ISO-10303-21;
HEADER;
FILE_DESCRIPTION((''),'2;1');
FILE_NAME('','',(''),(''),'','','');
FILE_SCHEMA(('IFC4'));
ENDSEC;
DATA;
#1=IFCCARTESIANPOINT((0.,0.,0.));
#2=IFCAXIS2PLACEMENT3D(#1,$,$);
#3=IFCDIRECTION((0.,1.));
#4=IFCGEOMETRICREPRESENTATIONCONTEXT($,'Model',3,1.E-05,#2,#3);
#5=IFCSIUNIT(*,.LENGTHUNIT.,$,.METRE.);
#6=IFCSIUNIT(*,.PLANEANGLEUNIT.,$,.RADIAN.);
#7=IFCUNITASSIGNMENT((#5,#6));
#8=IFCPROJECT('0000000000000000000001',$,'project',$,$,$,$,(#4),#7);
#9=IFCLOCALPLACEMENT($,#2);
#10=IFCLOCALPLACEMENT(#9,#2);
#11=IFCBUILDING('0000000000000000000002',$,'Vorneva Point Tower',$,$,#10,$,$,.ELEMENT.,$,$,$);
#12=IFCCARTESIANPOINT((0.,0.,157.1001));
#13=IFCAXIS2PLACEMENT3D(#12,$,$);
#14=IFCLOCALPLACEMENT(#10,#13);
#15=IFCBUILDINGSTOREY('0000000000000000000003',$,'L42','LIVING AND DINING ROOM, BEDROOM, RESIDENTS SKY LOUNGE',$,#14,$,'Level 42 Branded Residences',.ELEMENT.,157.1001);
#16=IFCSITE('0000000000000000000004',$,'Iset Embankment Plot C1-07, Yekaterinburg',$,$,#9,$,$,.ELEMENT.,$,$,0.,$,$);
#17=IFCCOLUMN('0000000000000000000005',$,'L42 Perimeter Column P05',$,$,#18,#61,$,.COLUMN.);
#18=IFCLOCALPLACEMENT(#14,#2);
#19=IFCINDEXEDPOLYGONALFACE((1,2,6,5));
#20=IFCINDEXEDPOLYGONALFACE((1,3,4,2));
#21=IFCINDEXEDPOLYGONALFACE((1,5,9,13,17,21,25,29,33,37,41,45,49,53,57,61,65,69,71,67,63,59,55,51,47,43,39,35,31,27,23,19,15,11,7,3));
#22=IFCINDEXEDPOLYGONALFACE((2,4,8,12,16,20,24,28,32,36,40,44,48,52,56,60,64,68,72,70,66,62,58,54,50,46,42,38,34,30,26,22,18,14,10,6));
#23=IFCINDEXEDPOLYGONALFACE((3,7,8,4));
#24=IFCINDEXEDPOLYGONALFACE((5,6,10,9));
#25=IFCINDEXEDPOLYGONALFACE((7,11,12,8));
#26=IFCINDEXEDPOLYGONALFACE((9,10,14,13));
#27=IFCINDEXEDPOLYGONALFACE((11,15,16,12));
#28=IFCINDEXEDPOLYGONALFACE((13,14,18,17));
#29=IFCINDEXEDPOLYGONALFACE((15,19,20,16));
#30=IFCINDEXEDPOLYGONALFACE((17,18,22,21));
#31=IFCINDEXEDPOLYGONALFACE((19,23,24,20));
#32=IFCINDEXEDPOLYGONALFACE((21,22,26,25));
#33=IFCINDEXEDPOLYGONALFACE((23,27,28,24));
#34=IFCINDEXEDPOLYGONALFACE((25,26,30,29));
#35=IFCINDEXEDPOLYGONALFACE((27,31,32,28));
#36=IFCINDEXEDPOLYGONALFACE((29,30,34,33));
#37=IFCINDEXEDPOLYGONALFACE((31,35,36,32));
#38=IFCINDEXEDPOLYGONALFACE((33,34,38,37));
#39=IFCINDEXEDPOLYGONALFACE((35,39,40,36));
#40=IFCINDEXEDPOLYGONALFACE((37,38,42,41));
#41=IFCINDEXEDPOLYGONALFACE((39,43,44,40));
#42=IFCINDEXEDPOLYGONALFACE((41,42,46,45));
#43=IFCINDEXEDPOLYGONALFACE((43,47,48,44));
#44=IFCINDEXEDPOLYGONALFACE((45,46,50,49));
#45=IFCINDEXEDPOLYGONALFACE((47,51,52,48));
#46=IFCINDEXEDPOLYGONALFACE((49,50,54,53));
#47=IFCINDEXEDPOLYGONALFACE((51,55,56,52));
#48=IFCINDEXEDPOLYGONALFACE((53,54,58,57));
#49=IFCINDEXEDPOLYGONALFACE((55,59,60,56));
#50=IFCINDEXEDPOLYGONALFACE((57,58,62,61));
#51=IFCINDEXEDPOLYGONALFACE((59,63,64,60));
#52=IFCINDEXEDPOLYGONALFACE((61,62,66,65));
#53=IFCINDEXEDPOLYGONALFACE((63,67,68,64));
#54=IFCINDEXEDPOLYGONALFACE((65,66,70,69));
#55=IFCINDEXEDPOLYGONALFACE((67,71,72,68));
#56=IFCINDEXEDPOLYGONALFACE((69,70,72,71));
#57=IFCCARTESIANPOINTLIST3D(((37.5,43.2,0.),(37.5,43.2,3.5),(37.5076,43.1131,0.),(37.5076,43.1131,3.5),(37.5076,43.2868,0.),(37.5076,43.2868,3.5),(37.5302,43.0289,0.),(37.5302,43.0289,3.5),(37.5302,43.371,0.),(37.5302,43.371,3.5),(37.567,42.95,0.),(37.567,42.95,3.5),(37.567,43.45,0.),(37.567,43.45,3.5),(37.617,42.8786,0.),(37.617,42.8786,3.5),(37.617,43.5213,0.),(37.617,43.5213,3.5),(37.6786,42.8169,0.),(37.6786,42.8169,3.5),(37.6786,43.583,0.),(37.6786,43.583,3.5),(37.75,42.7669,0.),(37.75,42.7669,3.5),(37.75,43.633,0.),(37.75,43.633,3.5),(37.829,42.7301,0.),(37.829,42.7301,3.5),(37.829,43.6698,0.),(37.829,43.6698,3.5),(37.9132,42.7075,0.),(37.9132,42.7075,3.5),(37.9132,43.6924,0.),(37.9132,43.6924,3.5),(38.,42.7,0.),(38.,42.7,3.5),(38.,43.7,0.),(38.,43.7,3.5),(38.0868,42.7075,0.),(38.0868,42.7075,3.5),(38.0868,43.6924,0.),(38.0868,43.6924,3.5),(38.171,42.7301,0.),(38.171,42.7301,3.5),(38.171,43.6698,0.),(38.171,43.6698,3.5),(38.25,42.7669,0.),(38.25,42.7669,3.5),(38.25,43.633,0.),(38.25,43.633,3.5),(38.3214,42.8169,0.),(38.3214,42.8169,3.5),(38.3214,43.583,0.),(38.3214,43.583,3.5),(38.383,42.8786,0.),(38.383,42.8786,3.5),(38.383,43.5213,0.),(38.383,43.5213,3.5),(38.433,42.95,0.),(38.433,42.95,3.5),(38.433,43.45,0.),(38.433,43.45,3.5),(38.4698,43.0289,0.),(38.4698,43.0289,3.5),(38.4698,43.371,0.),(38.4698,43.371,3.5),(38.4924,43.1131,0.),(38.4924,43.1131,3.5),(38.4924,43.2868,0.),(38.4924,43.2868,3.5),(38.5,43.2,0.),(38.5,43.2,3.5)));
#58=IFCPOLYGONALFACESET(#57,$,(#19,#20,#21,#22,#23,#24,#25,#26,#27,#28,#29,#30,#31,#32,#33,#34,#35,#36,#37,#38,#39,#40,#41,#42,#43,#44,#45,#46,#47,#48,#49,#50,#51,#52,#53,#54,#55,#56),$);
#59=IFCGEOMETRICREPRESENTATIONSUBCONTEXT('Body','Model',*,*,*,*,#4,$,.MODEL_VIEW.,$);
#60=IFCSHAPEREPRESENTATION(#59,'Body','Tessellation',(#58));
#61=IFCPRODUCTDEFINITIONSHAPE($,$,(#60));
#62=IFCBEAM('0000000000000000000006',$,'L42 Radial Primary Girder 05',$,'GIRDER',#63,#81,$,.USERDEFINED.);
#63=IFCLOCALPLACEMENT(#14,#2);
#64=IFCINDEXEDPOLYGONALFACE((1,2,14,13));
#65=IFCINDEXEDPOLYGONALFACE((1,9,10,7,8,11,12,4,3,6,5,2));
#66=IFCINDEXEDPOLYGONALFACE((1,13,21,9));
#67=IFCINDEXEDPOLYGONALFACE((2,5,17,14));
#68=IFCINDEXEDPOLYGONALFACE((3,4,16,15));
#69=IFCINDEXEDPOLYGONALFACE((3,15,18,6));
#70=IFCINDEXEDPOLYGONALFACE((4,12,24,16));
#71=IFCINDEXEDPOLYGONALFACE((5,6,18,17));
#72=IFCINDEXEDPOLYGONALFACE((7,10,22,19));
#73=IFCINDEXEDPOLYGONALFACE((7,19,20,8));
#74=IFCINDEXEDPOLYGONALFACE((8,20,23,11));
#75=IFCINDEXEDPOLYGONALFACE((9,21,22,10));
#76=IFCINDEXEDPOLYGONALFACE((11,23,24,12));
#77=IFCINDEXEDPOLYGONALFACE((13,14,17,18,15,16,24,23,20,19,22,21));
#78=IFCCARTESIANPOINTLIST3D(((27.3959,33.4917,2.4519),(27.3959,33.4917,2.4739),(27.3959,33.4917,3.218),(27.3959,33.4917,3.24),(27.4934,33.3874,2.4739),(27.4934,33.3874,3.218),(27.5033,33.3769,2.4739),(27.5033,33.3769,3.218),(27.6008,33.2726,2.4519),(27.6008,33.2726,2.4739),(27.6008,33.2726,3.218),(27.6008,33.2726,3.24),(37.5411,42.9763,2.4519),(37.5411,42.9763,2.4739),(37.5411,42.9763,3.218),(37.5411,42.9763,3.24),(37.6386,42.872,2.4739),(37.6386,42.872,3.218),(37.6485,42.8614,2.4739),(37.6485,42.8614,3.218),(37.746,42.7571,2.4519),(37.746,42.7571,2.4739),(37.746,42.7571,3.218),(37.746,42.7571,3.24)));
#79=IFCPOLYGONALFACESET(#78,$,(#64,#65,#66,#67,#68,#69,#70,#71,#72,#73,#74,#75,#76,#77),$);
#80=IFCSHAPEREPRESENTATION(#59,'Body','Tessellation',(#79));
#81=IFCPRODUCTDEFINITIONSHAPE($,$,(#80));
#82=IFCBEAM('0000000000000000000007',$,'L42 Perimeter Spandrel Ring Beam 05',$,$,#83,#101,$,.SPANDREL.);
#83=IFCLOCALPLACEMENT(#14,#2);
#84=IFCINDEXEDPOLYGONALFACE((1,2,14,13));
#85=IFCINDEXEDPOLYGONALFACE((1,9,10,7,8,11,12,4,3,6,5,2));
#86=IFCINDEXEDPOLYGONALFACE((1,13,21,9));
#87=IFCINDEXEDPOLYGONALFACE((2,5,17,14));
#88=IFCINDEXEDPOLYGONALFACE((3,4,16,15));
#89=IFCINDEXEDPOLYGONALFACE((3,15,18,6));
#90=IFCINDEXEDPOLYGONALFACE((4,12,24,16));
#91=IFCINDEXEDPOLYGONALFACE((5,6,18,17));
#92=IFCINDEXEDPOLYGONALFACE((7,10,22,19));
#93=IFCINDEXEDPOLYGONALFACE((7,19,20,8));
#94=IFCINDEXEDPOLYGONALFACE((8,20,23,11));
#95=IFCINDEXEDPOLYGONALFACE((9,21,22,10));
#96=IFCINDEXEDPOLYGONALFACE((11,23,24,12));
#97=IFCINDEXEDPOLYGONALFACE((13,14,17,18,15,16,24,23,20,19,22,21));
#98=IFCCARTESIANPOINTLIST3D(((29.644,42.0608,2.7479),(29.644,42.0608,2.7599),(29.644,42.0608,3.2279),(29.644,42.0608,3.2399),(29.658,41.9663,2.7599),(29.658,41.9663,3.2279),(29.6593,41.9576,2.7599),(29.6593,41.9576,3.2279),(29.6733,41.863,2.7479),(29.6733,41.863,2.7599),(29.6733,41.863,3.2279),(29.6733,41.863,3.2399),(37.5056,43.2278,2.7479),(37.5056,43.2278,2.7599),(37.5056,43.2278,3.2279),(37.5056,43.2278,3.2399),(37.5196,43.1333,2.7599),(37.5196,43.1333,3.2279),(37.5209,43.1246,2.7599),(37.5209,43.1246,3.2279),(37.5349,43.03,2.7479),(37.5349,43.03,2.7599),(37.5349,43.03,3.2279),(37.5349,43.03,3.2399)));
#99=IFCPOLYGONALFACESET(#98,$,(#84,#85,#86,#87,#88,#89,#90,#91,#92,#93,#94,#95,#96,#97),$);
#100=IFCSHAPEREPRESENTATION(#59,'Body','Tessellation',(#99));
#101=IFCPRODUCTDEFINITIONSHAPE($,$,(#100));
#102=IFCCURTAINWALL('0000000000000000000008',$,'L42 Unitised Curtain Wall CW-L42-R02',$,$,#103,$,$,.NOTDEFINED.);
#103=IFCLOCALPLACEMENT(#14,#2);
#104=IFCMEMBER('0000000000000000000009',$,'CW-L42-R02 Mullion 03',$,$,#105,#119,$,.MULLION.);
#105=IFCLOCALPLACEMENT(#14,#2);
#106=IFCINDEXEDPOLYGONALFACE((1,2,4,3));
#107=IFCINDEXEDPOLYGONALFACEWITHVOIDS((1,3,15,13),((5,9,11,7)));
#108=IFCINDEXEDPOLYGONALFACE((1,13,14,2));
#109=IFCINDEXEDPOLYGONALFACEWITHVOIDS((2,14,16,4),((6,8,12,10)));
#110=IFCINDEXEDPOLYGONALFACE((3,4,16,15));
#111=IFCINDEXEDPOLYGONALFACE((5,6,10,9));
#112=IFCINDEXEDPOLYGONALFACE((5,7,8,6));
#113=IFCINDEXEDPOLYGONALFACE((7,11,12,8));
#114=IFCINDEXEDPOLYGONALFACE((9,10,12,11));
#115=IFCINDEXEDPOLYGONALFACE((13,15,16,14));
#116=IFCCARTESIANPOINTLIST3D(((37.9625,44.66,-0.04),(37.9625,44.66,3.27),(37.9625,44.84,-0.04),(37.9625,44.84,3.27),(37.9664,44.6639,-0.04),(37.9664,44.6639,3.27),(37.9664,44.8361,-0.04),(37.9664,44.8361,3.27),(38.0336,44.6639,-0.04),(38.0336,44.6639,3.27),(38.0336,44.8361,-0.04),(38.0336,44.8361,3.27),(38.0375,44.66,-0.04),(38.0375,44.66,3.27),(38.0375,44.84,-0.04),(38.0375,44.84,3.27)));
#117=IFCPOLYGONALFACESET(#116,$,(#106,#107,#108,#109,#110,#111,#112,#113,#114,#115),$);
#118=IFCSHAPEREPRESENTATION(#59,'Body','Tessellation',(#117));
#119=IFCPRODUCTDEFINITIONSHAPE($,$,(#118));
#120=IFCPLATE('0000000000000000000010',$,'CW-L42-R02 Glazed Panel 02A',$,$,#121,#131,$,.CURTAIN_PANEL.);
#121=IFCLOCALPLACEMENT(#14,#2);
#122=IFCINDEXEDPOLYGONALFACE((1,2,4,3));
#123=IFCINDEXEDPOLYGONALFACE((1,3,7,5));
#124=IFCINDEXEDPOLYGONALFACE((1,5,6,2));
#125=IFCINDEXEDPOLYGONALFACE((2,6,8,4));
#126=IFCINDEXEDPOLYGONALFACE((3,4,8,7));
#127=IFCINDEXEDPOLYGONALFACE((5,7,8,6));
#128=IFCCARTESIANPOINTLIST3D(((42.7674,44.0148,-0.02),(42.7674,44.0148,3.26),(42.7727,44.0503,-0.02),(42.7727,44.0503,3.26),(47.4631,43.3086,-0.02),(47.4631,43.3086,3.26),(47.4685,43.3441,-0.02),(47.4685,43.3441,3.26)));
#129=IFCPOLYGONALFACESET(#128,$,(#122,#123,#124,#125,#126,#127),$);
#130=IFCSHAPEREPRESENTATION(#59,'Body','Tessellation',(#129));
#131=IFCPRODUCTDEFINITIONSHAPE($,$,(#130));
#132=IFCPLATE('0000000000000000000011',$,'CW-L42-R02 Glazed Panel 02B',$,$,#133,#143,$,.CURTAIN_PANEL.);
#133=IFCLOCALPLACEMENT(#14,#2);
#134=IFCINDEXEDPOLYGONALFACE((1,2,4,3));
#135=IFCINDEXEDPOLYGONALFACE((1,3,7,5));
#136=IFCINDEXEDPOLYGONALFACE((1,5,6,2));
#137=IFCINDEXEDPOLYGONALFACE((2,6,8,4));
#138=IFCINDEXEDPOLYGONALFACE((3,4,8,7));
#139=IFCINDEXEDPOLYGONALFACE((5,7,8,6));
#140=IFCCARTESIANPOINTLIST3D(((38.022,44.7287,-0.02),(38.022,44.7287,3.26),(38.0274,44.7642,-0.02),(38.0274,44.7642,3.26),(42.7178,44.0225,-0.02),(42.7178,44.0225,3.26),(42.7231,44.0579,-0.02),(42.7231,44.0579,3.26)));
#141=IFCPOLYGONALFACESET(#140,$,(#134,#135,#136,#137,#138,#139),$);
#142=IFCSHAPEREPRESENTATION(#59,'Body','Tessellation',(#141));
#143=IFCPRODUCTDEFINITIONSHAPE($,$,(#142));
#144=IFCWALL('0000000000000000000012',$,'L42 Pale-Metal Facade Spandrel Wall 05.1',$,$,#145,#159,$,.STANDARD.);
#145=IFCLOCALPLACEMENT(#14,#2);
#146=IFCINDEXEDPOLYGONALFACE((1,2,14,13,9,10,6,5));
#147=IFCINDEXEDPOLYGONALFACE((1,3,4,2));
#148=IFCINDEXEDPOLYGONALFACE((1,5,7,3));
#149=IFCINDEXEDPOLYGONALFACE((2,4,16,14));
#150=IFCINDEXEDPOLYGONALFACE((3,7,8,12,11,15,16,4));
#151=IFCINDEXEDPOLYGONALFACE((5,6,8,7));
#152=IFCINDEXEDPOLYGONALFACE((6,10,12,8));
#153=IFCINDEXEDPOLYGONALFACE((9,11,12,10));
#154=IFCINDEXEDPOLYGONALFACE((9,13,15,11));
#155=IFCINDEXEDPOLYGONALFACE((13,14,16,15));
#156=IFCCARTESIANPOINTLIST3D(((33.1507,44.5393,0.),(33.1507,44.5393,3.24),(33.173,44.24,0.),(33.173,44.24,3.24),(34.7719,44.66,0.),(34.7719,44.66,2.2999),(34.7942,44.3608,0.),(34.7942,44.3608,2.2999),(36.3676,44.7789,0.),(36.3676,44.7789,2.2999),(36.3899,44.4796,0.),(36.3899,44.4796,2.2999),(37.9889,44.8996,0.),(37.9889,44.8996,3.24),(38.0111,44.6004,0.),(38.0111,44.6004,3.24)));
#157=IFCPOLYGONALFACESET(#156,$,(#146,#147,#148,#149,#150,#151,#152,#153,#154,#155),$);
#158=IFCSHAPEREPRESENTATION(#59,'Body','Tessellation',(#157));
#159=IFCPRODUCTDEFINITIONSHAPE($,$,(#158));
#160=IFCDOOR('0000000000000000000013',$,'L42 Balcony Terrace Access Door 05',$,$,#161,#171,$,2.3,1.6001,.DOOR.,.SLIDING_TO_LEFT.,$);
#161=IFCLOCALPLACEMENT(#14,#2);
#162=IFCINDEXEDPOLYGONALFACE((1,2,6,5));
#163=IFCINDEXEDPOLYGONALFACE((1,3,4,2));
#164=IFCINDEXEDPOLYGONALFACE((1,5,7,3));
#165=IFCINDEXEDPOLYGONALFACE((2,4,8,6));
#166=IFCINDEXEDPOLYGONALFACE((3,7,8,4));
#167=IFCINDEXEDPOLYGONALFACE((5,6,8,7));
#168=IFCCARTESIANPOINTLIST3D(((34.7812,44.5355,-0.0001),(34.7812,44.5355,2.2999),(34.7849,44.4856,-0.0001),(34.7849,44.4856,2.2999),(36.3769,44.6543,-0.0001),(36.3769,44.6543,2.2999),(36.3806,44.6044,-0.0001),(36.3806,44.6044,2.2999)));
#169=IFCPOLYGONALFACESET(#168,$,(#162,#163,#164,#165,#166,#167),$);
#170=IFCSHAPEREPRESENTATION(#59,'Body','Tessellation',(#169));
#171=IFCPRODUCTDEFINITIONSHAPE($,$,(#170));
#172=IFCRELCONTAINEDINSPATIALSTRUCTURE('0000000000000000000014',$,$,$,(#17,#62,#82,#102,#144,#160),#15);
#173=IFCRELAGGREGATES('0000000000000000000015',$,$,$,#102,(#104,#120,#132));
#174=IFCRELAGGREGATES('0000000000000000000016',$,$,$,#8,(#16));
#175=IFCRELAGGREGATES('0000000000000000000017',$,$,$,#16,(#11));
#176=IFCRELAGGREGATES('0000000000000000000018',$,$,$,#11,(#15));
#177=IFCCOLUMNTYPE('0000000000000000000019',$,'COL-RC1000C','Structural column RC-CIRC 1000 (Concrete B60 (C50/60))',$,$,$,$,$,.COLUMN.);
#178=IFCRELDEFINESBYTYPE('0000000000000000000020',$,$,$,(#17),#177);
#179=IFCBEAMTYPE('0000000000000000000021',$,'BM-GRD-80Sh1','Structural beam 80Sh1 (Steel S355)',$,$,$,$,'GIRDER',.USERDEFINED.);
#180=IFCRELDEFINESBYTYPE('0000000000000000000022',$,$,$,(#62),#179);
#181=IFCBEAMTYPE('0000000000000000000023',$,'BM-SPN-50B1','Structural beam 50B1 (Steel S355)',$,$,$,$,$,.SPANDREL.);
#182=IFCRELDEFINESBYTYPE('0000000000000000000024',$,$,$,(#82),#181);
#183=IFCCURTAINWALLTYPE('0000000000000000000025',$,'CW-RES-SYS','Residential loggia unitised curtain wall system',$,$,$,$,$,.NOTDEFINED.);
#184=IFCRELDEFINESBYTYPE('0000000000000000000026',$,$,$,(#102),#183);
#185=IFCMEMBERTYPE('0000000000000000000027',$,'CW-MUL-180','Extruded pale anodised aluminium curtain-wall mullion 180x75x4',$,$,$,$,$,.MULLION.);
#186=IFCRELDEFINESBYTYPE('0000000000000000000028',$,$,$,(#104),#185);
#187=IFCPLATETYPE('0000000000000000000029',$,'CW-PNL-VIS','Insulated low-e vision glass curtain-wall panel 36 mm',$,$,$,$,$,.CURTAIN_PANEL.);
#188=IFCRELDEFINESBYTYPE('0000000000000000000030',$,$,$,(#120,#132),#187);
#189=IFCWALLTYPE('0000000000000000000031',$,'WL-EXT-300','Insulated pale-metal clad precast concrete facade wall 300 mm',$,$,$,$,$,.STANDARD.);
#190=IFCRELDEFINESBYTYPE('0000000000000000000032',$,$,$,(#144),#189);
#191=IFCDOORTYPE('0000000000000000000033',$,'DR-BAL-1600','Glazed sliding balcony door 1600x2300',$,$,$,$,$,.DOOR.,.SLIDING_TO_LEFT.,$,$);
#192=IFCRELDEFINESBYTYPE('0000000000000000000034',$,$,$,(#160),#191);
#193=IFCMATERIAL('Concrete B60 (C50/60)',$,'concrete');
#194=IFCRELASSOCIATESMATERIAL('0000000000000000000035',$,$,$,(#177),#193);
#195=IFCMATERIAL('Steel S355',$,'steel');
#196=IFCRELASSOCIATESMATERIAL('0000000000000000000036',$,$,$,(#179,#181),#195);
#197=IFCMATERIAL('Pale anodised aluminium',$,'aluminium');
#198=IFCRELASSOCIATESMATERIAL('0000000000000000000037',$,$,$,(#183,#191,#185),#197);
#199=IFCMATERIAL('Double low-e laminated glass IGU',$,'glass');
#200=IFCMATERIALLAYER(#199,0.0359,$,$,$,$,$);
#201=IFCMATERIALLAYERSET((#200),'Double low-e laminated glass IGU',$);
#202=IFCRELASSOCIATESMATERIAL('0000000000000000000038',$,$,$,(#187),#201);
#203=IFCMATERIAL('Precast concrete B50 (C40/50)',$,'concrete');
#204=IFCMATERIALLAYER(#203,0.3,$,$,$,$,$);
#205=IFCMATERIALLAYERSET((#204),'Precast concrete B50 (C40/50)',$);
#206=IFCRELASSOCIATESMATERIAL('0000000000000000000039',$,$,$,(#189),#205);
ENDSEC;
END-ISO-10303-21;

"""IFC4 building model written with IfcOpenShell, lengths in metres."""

from ifc_helpers import new_model, si_unit, direction, frame, frame_2d, origin, origin_2d, place, context, subcontext, project, spatial, rectangle, hollow_rectangle, circle, i_section, extrude, material, layer, layer_set, material_profile, profile_set, type_object, element, fill, aggregate, save


model = new_model("IFC4")

# Units and contexts
model_context = context("Model", 3, precision=1e-05, world=origin(), true_north=direction((0.0, 1.0)))
body_context = subcontext(model_context, "Body", "Model", "MODEL_VIEW")
ifc_project = project(units=[si_unit("LENGTHUNIT", "METRE"), si_unit("PLANEANGLEUNIT", "RADIAN")], contexts=[model_context])

# Site, building, storey
site_placement = place(None, origin())
site = spatial("IfcSite", under=ifc_project, at=site_placement, Name="Iset Embankment Plot C1-07, Yekaterinburg", CompositionType="ELEMENT", RefElevation=0.0)
building_placement = place(site_placement, origin())
building = spatial("IfcBuilding", under=site, at=building_placement, Name="Vorneva Point Tower", CompositionType="ELEMENT")
storey_placement = place(building_placement, frame((0.0, 0.0, 157.1001)))
storey = spatial("IfcBuildingStorey", under=building, at=storey_placement, Name="L42", Description="LIVING AND DINING ROOM, BEDROOM, RESIDENTS SKY LOUNGE", LongName="Level 42 Branded Residences", CompositionType="ELEMENT", Elevation=157.1001)

# Column
ifc_material_1 = material(Name="Concrete B60 (C50/60)", Category="concrete")
ifc_material_profile_1 = material_profile(ifc_material_1, circle(Radius=0.5, at=origin_2d()), Name="RC-CIRC 1000")
ifc_profile_set_1 = profile_set([ifc_material_profile_1], Name="Concrete B60 (C50/60)")
column_type = type_object("IfcColumnType", Name="COL-RC1000C", Description="Structural column RC-CIRC 1000 (Concrete B60 (C50/60))", PredefinedType="COLUMN", material=ifc_profile_set_1)
column_placement = place(storey_placement, frame((38.0, 43.2, 0.0), z_axis=(0.0, 0.0, 1.0), x_axis=(0.0, 1.0, 0.0)))
element("IfcColumn", 1, at=column_placement, inside=storey, type_object=column_type, Name="L42 Perimeter Column P05", PredefinedType="COLUMN", context=body_context, shape_type="SweptSolid", body=[
    extrude(circle(Radius=0.5, at=origin_2d()), origin(), (0.0, 0.0, 1.0), 3.5),
])

# Beams
ifc_material_2 = material(Name="Steel S355", Category="steel")
ifc_material_profile_2 = material_profile(ifc_material_2, i_section(OverallWidth=0.3, OverallDepth=0.7881, WebThickness=0.0144, FlangeThickness=0.022, at=origin_2d()), Name="80Sh1")
ifc_profile_set_2 = profile_set([ifc_material_profile_2], Name="Steel S355")
beam_type_1 = type_object("IfcBeamType", Name="BM-GRD-80Sh1", Description="Structural beam 80Sh1 (Steel S355)", ElementType="GIRDER", PredefinedType="USERDEFINED", material=ifc_profile_set_2)
beam_1_placement = place(storey_placement, frame((37.6436, 42.8667, 2.8459), z_axis=(-0.730491, -0.682922, 0.0), x_axis=(0.682922, -0.730491, 0.0)))
element("IfcBeam", 2, at=beam_1_placement, inside=storey, type_object=beam_type_1, Name="L42 Radial Primary Girder 05", ObjectType="GIRDER", PredefinedType="USERDEFINED", context=body_context, shape_type="SweptSolid", body=[
    extrude(i_section(OverallWidth=0.3, OverallDepth=0.7881, WebThickness=0.0144, FlangeThickness=0.022, at=origin_2d()), origin(), (0.0, 0.0, 1.0), 13.8882),
])
ifc_material_profile_3 = material_profile(ifc_material_2, i_section(OverallWidth=0.2, OverallDepth=0.4919, WebThickness=0.0088, FlangeThickness=0.012, at=origin_2d()), Name="50B1")
ifc_profile_set_3 = profile_set([ifc_material_profile_3], Name="Steel S355")
beam_type_2 = type_object("IfcBeamType", Name="BM-SPN-50B1", Description="Structural beam 50B1 (Steel S355)", PredefinedType="SPANDREL", material=ifc_profile_set_3)
beam_2_placement = place(storey_placement, frame((37.5203, 43.1289, 2.9939), z_axis=(-0.989161, -0.146834, 0.0), x_axis=(0.146834, -0.989161, 0.0)))
element("IfcBeam", 3, at=beam_2_placement, inside=storey, type_object=beam_type_2, Name="L42 Perimeter Spandrel Ring Beam 05", PredefinedType="SPANDREL", context=body_context, shape_type="SweptSolid", body=[
    extrude(i_section(OverallWidth=0.2, OverallDepth=0.4919, WebThickness=0.0088, FlangeThickness=0.012, at=origin_2d()), origin(), (0.0, 0.0, 1.0), 7.9478),
])

# Curtain wall, member, plates
ifc_material_3 = material(Name="Pale anodised aluminium", Category="aluminium")
curtain_wall_type = type_object("IfcCurtainWallType", Name="CW-RES-SYS", Description="Residential loggia unitised curtain wall system", PredefinedType="NOTDEFINED", material=ifc_material_3)
curtain_wall_placement = place(storey_placement, origin())
curtain_wall = element("IfcCurtainWall", 4, at=curtain_wall_placement, inside=storey, type_object=curtain_wall_type, Name="L42 Unitised Curtain Wall CW-L42-R02", PredefinedType="NOTDEFINED")
ifc_material_profile_4 = material_profile(ifc_material_3, hollow_rectangle(XDim=0.075, YDim=0.1799, WallThickness=0.0039, at=origin_2d()), Name="AL-MUL 180x75x4")
ifc_profile_set_4 = profile_set([ifc_material_profile_4], Name="Pale anodised aluminium")
member_type = type_object("IfcMemberType", Name="CW-MUL-180", Description="Extruded pale anodised aluminium curtain-wall mullion 180x75x4", PredefinedType="MULLION", material=ifc_profile_set_4)
member_placement = place(storey_placement, frame((38.0, 44.75, -0.04), z_axis=(0.0, 0.0, 1.0), x_axis=(1.0, 0.0, 0.0)))
member = element("IfcMember", 5, at=member_placement, type_object=member_type, Name="CW-L42-R02 Mullion 03", PredefinedType="MULLION", context=body_context, shape_type="SweptSolid", body=[
    extrude(hollow_rectangle(XDim=0.075, YDim=0.1799, WallThickness=0.0039, at=origin_2d()), origin(), (0.0, 0.0, 1.0), 3.3101),
])
ifc_material_4 = material(Name="Double low-e laminated glass IGU", Category="glass")
ifc_layer_1 = layer(ifc_material_4, 0.0359)
ifc_layer_set_1 = layer_set([ifc_layer_1], Name="Double low-e laminated glass IGU")
plate_type = type_object("IfcPlateType", Name="CW-PNL-VIS", Description="Insulated low-e vision glass curtain-wall panel 36 mm", PredefinedType="CURTAIN_PANEL", material=ifc_layer_set_1)
plate_1_placement = place(storey_placement, frame((45.1179, 43.6794, -0.02), z_axis=(0.0, 0.0, 1.0), x_axis=(-0.988879, 0.148724, 0.0)))
plate_1 = element("IfcPlate", 6, at=plate_1_placement, type_object=plate_type, Name="CW-L42-R02 Glazed Panel 02A", PredefinedType="CURTAIN_PANEL", context=body_context, shape_type="SweptSolid", body=[
    extrude(rectangle(XDim=4.7485, YDim=0.0359, at=origin_2d()), origin(), (0.0, 0.0, 1.0), 3.28),
])
plate_2_placement = place(storey_placement, frame((40.3726, 44.3933, -0.02), z_axis=(0.0, 0.0, 1.0), x_axis=(-0.988879, 0.148724, 0.0)))
plate_2 = element("IfcPlate", 7, at=plate_2_placement, type_object=plate_type, Name="CW-L42-R02 Glazed Panel 02B", PredefinedType="CURTAIN_PANEL", context=body_context, shape_type="SweptSolid", body=[
    extrude(rectangle(XDim=4.7485, YDim=0.0359, at=origin_2d()), origin(), (0.0, 0.0, 1.0), 3.28),
])
aggregate(curtain_wall, [member, plate_1, plate_2])

# Wall, opening, door
ifc_material_5 = material(Name="Precast concrete B50 (C40/50)", Category="concrete")
ifc_layer_2 = layer(ifc_material_5, 0.3)
ifc_layer_set_2 = layer_set([ifc_layer_2], Name="Precast concrete B50 (C40/50)")
wall_type_1 = type_object("IfcWallType", Name="WL-EXT-300", Description="Insulated pale-metal clad precast concrete facade wall 300 mm", PredefinedType="STANDARD", material=ifc_layer_set_2)
wall_1_placement = place(storey_placement, frame((38.0, 44.75, 0.0), z_axis=(0.0, 0.0, 1.0), x_axis=(-0.997238, -0.074276, 0.0)))
wall_1 = element("IfcWall", 8, at=wall_1_placement, inside=storey, type_object=wall_type_1, Name="L42 Pale-Metal Facade Spandrel Wall 05.1", PredefinedType="STANDARD", context=body_context, shape_type="SweptSolid", body=[
    extrude(rectangle(XDim=4.8516, YDim=0.3, at=frame_2d((2.4258, 0.0))), origin(), (0.0, 0.0, 1.0), 3.24),
])
opening_1_placement = place(wall_1_placement, frame((1.6257, 0.0, 0.0)))
opening_1 = element("IfcOpeningElement", 9, at=opening_1_placement, cuts=wall_1, PredefinedType="OPENING", context=body_context, shape_type="SweptSolid", body=[
    extrude(rectangle(XDim=1.6001, YDim=2.3, at=frame_2d((0.8, 1.1499))), frame((0.0, 0.165, 0.0), z_axis=(0.0, -1.0, 0.0), x_axis=(1.0, 0.0, 0.0)), (0.0, 0.0, 1.0), 0.3298),
])
door_type_1 = type_object("IfcDoorType", Name="DR-BAL-1600", Description="Glazed sliding balcony door 1600x2300", OperationType="SLIDING_TO_LEFT", PredefinedType="DOOR", material=ifc_material_3)
door_1_placement = place(opening_1_placement, origin())
door_1 = element("IfcDoor", 10, at=door_1_placement, inside=storey, type_object=door_type_1, Name="L42 Balcony Terrace Access Door 05", OperationType="SLIDING_TO_LEFT", OverallHeight=2.3, OverallWidth=1.6001, PredefinedType="DOOR", context=body_context, shape_type="SweptSolid", body=[
    extrude(rectangle(XDim=1.6001, YDim=2.3, at=frame_2d((0.8, 1.1499))), frame((0.0, 0.0249, 0.0), z_axis=(0.0, -1.0, 0.0), x_axis=(1.0, 0.0, 0.0)), (0.0, 0.0, 1.0), 0.05),
])
fill(opening_1, door_1)

save(model, "model.ifc")
